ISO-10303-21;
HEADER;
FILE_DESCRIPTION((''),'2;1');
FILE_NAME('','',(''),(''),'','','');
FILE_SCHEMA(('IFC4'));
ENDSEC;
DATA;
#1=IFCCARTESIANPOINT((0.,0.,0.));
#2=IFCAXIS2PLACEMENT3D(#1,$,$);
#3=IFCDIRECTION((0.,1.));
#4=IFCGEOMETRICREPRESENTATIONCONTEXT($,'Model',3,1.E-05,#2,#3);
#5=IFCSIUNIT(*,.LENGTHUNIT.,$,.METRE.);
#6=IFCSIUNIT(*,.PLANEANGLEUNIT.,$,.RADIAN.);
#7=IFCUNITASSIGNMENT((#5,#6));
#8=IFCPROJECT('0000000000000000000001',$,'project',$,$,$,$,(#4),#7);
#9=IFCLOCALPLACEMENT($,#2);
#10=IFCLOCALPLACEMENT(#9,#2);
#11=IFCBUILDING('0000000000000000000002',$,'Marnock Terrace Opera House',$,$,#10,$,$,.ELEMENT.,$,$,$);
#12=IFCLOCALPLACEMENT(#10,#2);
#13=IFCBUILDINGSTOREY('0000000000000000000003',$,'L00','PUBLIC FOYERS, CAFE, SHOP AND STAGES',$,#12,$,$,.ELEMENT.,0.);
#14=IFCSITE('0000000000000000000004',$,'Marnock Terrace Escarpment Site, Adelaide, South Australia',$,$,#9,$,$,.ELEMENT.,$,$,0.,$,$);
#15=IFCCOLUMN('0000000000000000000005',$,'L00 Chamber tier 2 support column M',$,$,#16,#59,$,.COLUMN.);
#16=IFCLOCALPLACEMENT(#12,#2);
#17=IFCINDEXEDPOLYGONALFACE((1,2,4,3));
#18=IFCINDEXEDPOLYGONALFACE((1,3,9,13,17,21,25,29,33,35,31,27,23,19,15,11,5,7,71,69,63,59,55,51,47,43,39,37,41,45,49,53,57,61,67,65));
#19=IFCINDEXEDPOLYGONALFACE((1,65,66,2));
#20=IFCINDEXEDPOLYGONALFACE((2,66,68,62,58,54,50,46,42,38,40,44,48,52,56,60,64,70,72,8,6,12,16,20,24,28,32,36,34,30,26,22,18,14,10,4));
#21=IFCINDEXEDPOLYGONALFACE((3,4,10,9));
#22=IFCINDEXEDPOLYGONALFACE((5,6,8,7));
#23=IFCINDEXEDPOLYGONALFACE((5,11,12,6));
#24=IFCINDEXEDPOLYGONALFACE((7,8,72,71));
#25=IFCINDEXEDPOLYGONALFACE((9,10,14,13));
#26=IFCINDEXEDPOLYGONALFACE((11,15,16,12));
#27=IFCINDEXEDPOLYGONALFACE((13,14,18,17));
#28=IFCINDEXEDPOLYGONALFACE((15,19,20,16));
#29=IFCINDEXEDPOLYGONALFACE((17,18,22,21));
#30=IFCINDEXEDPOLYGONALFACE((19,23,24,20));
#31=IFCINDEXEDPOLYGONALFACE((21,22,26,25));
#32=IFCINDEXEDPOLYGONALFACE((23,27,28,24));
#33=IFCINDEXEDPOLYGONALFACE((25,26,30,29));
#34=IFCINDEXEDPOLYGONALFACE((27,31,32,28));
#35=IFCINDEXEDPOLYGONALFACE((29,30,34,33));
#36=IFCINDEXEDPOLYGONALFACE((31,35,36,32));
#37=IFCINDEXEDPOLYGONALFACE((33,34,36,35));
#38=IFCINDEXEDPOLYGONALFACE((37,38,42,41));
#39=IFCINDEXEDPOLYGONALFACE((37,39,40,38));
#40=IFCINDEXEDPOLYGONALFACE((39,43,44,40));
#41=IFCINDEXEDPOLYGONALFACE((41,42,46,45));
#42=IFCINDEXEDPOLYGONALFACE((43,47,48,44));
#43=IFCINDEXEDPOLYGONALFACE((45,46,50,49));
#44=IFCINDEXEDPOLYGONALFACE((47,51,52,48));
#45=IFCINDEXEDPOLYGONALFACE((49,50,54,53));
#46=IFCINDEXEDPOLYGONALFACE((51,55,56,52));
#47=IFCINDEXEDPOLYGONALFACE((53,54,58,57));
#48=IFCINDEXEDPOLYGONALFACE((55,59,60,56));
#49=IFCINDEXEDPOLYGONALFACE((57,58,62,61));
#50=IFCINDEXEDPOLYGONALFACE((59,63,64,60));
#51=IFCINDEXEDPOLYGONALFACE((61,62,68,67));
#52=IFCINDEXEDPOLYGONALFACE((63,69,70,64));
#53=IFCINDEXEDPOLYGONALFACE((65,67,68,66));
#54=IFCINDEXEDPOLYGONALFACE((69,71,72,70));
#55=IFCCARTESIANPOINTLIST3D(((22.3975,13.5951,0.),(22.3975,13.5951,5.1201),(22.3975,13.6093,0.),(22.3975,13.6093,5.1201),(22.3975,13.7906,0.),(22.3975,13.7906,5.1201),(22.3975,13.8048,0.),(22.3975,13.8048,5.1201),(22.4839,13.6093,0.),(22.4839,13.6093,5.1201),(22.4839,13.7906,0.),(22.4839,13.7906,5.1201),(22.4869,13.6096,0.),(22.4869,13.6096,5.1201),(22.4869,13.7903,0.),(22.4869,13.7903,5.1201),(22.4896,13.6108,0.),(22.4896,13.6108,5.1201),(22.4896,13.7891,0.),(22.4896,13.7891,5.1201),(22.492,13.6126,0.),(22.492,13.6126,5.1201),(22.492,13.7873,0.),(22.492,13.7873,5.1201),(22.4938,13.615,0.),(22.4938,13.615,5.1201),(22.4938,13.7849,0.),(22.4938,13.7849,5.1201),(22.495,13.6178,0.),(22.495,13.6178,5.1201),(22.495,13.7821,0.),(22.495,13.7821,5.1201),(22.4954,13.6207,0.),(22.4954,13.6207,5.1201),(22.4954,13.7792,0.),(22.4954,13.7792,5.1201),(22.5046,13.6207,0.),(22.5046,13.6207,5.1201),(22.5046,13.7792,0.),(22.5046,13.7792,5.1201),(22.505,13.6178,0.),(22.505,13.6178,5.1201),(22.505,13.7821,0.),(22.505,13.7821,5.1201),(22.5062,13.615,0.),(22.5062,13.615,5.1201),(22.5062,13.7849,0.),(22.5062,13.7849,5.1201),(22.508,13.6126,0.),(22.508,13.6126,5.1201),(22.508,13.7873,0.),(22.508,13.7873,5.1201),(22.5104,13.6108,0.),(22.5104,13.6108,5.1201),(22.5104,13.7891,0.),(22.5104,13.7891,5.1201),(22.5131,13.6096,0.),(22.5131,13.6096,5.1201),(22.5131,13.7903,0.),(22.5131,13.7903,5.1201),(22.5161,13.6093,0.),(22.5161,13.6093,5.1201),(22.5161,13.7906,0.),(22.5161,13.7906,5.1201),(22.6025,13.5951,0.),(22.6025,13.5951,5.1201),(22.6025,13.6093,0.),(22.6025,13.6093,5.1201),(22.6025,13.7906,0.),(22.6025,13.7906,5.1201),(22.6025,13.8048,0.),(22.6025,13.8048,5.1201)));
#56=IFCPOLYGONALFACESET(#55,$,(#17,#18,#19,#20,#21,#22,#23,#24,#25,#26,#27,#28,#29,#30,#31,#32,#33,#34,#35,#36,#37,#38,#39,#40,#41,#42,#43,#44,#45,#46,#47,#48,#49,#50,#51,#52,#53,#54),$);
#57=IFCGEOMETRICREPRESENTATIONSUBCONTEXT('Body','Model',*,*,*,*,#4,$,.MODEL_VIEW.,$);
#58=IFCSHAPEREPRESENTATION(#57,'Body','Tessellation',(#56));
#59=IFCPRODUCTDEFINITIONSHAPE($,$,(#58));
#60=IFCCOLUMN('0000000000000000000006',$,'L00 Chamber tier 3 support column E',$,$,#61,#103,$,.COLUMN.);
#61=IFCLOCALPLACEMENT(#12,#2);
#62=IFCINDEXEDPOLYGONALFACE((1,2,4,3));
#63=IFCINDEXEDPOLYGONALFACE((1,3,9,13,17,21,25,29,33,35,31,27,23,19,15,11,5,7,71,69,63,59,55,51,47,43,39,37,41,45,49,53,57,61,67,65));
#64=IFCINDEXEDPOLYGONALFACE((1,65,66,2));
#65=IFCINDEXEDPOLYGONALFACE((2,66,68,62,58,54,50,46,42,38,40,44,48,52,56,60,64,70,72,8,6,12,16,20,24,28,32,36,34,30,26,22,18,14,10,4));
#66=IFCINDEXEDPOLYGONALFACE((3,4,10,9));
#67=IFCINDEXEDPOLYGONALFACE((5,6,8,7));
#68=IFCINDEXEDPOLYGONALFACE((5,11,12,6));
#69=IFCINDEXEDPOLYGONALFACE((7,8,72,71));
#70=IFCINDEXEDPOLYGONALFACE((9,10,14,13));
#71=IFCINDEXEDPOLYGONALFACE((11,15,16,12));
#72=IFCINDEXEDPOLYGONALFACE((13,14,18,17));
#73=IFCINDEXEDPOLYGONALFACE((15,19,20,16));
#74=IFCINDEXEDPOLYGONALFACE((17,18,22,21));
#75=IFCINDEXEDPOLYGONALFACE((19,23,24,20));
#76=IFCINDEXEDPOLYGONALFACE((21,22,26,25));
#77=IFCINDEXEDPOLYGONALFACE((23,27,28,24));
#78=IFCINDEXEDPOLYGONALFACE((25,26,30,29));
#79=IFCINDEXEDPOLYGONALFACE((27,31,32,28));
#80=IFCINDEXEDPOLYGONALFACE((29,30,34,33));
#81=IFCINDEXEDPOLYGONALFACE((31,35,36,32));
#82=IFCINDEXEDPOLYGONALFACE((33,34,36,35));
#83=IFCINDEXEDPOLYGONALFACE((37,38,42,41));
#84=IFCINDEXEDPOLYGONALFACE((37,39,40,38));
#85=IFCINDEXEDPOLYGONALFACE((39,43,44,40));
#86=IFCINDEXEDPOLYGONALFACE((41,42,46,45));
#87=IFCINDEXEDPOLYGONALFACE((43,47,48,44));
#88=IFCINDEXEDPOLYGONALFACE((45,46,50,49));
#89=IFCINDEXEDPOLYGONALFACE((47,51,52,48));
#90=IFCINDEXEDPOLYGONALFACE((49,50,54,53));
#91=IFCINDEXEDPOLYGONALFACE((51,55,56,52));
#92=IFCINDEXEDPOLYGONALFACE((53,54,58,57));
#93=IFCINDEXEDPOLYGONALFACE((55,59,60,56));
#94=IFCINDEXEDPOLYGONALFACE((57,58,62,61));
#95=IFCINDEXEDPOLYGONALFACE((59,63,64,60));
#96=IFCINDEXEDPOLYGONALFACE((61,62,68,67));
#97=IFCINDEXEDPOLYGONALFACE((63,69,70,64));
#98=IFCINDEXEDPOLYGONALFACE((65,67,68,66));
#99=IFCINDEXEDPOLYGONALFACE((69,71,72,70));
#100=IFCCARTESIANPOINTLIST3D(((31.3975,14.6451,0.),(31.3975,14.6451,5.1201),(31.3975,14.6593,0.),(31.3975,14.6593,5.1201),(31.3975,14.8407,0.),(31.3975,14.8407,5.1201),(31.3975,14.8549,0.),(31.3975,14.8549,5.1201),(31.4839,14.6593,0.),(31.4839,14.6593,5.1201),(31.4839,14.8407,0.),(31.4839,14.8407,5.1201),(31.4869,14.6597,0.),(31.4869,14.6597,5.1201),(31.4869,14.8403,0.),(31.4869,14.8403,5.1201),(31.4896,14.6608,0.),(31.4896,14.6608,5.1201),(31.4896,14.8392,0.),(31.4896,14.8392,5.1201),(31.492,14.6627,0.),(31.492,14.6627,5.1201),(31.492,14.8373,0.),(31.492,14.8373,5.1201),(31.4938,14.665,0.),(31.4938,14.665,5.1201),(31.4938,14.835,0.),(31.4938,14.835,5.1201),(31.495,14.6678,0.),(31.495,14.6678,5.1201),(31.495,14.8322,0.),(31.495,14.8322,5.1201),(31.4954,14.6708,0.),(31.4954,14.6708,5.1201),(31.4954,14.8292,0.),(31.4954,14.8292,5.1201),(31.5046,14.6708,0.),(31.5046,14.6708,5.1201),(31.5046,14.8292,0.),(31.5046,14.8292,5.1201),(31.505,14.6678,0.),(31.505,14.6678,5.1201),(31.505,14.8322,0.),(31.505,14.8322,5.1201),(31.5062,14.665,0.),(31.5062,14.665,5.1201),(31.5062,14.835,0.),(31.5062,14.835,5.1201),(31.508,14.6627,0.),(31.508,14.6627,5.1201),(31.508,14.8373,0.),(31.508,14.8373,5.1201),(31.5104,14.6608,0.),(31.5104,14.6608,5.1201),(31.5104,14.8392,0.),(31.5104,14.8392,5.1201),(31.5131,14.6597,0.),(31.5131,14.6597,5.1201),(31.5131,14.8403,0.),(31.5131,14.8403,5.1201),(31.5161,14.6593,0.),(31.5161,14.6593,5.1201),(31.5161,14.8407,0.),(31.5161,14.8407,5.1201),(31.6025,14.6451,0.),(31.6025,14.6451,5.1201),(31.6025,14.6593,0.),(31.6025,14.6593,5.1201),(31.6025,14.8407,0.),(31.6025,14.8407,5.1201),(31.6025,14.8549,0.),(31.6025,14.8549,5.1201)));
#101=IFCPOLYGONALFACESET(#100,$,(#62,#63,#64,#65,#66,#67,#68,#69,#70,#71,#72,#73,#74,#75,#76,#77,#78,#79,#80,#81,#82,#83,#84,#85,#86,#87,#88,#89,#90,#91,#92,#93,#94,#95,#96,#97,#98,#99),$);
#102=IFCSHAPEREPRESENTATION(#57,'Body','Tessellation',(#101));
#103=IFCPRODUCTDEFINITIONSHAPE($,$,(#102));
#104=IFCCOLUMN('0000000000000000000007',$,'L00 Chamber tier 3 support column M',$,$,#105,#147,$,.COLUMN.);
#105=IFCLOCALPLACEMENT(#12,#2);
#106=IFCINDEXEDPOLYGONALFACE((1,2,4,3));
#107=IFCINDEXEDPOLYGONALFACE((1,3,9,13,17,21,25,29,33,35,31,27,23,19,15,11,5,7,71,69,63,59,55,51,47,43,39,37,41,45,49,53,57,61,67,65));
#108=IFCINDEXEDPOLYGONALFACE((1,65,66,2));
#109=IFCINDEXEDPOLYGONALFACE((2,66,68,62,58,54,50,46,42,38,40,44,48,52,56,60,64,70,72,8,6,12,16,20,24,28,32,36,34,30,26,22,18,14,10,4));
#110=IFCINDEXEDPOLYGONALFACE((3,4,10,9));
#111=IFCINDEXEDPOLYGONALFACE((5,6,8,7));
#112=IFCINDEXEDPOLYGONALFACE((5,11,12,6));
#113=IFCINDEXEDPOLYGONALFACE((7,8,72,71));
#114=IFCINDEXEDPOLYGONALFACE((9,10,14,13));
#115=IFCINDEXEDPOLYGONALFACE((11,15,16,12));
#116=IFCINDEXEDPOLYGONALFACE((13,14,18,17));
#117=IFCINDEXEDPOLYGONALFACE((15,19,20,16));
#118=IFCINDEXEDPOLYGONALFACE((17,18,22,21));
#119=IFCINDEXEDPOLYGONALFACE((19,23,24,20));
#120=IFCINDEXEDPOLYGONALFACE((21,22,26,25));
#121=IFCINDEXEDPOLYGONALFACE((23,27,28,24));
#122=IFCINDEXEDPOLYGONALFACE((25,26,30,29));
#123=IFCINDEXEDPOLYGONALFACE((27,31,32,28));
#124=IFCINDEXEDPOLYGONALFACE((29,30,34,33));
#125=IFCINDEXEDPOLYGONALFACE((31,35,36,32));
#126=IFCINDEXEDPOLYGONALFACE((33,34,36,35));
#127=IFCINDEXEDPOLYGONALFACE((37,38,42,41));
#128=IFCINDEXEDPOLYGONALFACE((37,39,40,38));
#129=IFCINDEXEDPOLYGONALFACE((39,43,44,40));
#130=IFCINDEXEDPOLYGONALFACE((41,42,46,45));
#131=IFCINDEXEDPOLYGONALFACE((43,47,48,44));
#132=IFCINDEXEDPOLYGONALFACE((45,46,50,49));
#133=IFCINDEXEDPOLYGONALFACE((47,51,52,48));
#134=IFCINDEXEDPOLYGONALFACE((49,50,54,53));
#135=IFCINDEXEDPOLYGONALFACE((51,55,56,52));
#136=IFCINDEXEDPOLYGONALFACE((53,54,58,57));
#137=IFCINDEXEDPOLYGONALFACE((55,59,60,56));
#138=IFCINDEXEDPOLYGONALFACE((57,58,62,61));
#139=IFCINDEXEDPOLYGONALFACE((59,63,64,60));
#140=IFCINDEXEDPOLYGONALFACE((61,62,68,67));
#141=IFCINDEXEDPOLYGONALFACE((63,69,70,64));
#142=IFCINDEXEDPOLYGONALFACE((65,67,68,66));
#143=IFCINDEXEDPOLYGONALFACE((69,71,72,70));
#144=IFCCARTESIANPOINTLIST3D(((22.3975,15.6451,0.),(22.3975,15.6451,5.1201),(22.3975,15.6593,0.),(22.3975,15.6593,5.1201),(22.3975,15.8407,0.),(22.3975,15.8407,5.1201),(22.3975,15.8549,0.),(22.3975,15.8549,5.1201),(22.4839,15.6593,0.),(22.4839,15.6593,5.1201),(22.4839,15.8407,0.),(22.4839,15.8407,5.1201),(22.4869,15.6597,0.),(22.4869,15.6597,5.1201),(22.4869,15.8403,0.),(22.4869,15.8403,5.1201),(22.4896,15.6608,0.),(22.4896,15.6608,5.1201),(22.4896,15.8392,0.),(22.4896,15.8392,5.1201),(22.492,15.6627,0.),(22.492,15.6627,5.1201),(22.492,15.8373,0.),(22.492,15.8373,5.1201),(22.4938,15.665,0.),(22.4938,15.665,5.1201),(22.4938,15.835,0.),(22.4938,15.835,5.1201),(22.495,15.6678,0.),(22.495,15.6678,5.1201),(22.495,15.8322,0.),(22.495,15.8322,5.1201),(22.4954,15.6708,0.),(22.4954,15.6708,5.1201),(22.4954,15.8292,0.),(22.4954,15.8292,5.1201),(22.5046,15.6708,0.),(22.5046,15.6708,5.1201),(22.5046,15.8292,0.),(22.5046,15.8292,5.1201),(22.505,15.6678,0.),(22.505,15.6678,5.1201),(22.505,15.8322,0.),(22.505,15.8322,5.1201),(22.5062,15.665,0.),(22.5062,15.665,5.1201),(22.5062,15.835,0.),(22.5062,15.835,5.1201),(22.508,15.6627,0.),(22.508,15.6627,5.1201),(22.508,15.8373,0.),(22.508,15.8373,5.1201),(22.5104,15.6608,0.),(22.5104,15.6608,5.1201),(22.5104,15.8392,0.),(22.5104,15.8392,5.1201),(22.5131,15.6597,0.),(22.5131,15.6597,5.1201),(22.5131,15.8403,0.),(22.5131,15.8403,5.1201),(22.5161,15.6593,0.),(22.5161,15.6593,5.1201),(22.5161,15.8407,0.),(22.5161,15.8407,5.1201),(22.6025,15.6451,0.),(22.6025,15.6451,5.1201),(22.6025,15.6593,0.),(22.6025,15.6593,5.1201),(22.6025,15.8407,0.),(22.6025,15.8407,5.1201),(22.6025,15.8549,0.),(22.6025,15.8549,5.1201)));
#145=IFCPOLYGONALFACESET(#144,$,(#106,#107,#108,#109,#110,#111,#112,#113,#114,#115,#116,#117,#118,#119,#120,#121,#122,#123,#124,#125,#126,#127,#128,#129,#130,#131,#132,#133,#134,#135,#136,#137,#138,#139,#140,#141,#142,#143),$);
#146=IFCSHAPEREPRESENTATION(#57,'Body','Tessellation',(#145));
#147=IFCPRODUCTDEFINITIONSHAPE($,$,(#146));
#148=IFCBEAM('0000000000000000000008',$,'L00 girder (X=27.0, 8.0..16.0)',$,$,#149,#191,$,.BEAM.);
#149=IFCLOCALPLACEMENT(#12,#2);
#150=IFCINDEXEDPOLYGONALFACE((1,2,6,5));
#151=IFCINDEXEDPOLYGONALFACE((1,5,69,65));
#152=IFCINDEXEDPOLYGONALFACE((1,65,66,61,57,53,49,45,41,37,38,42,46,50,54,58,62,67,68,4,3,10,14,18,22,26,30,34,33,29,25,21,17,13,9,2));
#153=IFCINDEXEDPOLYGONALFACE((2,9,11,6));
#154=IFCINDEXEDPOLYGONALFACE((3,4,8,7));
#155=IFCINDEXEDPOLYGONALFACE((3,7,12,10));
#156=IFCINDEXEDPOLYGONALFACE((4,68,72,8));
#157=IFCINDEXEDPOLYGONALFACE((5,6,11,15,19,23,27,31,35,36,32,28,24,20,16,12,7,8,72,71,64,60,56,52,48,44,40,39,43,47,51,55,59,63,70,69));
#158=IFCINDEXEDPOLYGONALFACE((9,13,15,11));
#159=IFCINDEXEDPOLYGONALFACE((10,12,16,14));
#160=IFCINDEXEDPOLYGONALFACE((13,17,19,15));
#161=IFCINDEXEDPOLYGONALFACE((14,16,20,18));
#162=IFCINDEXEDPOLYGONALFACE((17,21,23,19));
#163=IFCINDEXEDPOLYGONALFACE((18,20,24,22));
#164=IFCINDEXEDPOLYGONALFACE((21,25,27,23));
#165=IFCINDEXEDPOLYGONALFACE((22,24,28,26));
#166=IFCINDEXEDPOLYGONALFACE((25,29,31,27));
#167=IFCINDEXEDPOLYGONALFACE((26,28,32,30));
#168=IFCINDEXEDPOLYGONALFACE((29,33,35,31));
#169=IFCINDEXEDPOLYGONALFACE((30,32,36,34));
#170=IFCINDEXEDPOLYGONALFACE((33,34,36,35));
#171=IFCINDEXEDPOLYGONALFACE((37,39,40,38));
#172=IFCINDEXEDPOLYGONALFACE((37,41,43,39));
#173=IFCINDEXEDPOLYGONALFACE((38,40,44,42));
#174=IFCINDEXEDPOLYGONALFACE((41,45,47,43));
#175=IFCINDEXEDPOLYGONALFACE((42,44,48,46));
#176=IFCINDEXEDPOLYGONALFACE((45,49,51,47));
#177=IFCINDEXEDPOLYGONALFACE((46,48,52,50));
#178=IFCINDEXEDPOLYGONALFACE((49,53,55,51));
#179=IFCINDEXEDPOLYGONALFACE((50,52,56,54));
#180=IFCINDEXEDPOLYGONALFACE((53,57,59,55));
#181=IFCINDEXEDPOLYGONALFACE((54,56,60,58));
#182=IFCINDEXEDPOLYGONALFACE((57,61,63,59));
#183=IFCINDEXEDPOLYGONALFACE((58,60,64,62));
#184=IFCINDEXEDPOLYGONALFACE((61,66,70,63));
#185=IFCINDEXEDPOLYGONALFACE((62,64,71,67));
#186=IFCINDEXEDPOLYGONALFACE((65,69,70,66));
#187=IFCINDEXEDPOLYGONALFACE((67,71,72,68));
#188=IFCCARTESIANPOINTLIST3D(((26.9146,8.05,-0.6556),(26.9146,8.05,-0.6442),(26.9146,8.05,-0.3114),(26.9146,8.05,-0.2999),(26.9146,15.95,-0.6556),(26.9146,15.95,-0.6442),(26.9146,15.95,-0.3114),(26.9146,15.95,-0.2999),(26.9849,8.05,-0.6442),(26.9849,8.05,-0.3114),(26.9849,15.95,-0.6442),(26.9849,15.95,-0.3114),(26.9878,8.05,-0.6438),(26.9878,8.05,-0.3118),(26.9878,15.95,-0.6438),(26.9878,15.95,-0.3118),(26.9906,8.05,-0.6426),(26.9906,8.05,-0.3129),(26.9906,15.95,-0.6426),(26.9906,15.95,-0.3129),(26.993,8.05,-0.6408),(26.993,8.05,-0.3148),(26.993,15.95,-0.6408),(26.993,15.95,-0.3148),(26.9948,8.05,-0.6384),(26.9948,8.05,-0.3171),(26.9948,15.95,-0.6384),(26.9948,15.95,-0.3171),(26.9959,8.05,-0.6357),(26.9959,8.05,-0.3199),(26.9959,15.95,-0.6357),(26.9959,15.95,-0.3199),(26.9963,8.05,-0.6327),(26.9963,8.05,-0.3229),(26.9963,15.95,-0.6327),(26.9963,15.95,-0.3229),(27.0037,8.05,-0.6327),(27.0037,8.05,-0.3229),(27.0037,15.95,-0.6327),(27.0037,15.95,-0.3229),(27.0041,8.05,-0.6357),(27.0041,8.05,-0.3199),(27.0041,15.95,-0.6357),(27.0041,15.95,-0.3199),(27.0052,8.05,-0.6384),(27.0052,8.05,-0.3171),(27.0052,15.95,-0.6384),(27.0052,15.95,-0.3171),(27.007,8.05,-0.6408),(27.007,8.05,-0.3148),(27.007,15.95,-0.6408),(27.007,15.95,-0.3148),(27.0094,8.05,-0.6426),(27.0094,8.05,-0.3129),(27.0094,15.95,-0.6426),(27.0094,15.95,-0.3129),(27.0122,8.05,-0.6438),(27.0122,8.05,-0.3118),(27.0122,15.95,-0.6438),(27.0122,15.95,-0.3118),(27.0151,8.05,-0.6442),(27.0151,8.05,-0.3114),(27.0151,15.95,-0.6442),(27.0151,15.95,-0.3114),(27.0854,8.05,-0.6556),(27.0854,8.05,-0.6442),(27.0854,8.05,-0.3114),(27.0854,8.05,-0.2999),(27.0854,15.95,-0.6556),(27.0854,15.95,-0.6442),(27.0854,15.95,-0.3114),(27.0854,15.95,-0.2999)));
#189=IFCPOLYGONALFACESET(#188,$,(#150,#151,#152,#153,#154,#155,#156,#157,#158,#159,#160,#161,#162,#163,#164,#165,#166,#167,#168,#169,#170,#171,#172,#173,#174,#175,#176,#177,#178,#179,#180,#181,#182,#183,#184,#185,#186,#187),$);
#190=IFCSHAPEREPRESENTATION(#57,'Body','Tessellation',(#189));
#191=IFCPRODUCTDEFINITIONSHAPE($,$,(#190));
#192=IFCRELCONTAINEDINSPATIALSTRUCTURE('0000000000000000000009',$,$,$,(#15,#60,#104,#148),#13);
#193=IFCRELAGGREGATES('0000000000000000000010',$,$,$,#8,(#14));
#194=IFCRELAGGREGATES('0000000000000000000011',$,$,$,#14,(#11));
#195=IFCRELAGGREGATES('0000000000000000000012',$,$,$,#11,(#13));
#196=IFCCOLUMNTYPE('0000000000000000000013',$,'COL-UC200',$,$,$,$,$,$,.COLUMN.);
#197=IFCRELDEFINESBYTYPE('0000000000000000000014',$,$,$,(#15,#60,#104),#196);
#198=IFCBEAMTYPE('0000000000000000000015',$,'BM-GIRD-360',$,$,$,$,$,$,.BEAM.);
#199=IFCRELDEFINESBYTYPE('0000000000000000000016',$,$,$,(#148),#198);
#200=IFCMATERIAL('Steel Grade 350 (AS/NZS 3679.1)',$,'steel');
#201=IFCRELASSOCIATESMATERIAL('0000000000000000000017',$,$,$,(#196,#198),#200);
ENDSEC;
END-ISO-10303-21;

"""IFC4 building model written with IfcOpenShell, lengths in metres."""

from ifc_helpers import new_model, si_unit, direction, frame, origin, origin_2d, place, context, subcontext, project, spatial, i_section, extrude, material, material_profile, profile_set, type_object, element, save


model = new_model("IFC4")

# Units and contexts
model_context = context("Model", 3, precision=1e-05, world=origin(), true_north=direction((0.0, 1.0)))
body_context = subcontext(model_context, "Body", "Model", "MODEL_VIEW")
ifc_project = project(units=[si_unit("LENGTHUNIT", "METRE"), si_unit("PLANEANGLEUNIT", "RADIAN")], contexts=[model_context])

# Site, building, storey
site_placement = place(None, origin())
site = spatial("IfcSite", under=ifc_project, at=site_placement, Name="Marnock Terrace Escarpment Site, Adelaide, South Australia", CompositionType="ELEMENT", RefElevation=0.0)
building_placement = place(site_placement, origin())
building = spatial("IfcBuilding", under=site, at=building_placement, Name="Marnock Terrace Opera House", CompositionType="ELEMENT")
storey_placement = place(building_placement, origin())
storey = spatial("IfcBuildingStorey", under=building, at=storey_placement, Name="L00", Description="PUBLIC FOYERS, CAFE, SHOP AND STAGES", CompositionType="ELEMENT", Elevation=0.0)

# Columns
ifc_material_1 = material(Name="Steel Grade 350 (AS/NZS 3679.1)", Category="steel")
ifc_material_profile_1 = material_profile(ifc_material_1, i_section(OverallWidth=0.2051, OverallDepth=0.2097, WebThickness=0.0093, FlangeThickness=0.0142, FilletRadius=0.0115, at=origin_2d()))
ifc_profile_set_1 = profile_set([ifc_material_profile_1], Name="Steel Grade 350 (AS/NZS 3679.1)")
column_type_1 = type_object("IfcColumnType", Name="COL-UC200", PredefinedType="COLUMN", material=ifc_profile_set_1)
for number, where, z_axis, x_axis, name in (
    (1, (22.5, 13.7, 0.0), (0.0, 0.0, 1.0), (1.0, 0.0, 0.0), "L00 Chamber tier 2 support column M"),
    (2, (31.5, 14.75, 0.0), (0.0, 0.0, 1.0), (1.0, 0.0, 0.0), "L00 Chamber tier 3 support column E"),
    (3, (22.5, 15.75, 0.0), (0.0, 0.0, 1.0), (1.0, 0.0, 0.0), "L00 Chamber tier 3 support column M"),
):
    element("IfcColumn", number, at=place(storey_placement, frame(where, z_axis=z_axis, x_axis=x_axis)), inside=storey, type_object=column_type_1, Name=name, PredefinedType="COLUMN", context=body_context, shape_type="SweptSolid", body=[
        extrude(i_section(OverallWidth=0.2051, OverallDepth=0.2097, WebThickness=0.0093, FlangeThickness=0.0142, FilletRadius=0.0115, at=origin_2d()), origin(), (0.0, 0.0, 1.0), 5.1201),
    ])

# Beam
ifc_material_profile_2 = material_profile(ifc_material_1, i_section(OverallWidth=0.1709, OverallDepth=0.3557, WebThickness=0.0073, FlangeThickness=0.0115, FilletRadius=0.0115, at=origin_2d()))
ifc_profile_set_2 = profile_set([ifc_material_profile_2], Name="Steel Grade 350 (AS/NZS 3679.1)")
beam_type_1 = type_object("IfcBeamType", Name="BM-GIRD-360", PredefinedType="BEAM", material=ifc_profile_set_2)
beam_1_placement = place(storey_placement, frame((27.0, 8.05, -0.4778), z_axis=(0.0, 1.0, 0.0), x_axis=(-1.0, 0.0, 0.0)))
element("IfcBeam", 4, at=beam_1_placement, inside=storey, type_object=beam_type_1, Name="L00 girder (X=27.0, 8.0..16.0)", PredefinedType="BEAM", context=body_context, shape_type="SweptSolid", body=[
    extrude(i_section(OverallWidth=0.1709, OverallDepth=0.3557, WebThickness=0.0073, FlangeThickness=0.0115, FilletRadius=0.0115, at=origin_2d()), origin(), (0.0, 0.0, 1.0), 7.8999),
])

save(model, "model.ifc")
